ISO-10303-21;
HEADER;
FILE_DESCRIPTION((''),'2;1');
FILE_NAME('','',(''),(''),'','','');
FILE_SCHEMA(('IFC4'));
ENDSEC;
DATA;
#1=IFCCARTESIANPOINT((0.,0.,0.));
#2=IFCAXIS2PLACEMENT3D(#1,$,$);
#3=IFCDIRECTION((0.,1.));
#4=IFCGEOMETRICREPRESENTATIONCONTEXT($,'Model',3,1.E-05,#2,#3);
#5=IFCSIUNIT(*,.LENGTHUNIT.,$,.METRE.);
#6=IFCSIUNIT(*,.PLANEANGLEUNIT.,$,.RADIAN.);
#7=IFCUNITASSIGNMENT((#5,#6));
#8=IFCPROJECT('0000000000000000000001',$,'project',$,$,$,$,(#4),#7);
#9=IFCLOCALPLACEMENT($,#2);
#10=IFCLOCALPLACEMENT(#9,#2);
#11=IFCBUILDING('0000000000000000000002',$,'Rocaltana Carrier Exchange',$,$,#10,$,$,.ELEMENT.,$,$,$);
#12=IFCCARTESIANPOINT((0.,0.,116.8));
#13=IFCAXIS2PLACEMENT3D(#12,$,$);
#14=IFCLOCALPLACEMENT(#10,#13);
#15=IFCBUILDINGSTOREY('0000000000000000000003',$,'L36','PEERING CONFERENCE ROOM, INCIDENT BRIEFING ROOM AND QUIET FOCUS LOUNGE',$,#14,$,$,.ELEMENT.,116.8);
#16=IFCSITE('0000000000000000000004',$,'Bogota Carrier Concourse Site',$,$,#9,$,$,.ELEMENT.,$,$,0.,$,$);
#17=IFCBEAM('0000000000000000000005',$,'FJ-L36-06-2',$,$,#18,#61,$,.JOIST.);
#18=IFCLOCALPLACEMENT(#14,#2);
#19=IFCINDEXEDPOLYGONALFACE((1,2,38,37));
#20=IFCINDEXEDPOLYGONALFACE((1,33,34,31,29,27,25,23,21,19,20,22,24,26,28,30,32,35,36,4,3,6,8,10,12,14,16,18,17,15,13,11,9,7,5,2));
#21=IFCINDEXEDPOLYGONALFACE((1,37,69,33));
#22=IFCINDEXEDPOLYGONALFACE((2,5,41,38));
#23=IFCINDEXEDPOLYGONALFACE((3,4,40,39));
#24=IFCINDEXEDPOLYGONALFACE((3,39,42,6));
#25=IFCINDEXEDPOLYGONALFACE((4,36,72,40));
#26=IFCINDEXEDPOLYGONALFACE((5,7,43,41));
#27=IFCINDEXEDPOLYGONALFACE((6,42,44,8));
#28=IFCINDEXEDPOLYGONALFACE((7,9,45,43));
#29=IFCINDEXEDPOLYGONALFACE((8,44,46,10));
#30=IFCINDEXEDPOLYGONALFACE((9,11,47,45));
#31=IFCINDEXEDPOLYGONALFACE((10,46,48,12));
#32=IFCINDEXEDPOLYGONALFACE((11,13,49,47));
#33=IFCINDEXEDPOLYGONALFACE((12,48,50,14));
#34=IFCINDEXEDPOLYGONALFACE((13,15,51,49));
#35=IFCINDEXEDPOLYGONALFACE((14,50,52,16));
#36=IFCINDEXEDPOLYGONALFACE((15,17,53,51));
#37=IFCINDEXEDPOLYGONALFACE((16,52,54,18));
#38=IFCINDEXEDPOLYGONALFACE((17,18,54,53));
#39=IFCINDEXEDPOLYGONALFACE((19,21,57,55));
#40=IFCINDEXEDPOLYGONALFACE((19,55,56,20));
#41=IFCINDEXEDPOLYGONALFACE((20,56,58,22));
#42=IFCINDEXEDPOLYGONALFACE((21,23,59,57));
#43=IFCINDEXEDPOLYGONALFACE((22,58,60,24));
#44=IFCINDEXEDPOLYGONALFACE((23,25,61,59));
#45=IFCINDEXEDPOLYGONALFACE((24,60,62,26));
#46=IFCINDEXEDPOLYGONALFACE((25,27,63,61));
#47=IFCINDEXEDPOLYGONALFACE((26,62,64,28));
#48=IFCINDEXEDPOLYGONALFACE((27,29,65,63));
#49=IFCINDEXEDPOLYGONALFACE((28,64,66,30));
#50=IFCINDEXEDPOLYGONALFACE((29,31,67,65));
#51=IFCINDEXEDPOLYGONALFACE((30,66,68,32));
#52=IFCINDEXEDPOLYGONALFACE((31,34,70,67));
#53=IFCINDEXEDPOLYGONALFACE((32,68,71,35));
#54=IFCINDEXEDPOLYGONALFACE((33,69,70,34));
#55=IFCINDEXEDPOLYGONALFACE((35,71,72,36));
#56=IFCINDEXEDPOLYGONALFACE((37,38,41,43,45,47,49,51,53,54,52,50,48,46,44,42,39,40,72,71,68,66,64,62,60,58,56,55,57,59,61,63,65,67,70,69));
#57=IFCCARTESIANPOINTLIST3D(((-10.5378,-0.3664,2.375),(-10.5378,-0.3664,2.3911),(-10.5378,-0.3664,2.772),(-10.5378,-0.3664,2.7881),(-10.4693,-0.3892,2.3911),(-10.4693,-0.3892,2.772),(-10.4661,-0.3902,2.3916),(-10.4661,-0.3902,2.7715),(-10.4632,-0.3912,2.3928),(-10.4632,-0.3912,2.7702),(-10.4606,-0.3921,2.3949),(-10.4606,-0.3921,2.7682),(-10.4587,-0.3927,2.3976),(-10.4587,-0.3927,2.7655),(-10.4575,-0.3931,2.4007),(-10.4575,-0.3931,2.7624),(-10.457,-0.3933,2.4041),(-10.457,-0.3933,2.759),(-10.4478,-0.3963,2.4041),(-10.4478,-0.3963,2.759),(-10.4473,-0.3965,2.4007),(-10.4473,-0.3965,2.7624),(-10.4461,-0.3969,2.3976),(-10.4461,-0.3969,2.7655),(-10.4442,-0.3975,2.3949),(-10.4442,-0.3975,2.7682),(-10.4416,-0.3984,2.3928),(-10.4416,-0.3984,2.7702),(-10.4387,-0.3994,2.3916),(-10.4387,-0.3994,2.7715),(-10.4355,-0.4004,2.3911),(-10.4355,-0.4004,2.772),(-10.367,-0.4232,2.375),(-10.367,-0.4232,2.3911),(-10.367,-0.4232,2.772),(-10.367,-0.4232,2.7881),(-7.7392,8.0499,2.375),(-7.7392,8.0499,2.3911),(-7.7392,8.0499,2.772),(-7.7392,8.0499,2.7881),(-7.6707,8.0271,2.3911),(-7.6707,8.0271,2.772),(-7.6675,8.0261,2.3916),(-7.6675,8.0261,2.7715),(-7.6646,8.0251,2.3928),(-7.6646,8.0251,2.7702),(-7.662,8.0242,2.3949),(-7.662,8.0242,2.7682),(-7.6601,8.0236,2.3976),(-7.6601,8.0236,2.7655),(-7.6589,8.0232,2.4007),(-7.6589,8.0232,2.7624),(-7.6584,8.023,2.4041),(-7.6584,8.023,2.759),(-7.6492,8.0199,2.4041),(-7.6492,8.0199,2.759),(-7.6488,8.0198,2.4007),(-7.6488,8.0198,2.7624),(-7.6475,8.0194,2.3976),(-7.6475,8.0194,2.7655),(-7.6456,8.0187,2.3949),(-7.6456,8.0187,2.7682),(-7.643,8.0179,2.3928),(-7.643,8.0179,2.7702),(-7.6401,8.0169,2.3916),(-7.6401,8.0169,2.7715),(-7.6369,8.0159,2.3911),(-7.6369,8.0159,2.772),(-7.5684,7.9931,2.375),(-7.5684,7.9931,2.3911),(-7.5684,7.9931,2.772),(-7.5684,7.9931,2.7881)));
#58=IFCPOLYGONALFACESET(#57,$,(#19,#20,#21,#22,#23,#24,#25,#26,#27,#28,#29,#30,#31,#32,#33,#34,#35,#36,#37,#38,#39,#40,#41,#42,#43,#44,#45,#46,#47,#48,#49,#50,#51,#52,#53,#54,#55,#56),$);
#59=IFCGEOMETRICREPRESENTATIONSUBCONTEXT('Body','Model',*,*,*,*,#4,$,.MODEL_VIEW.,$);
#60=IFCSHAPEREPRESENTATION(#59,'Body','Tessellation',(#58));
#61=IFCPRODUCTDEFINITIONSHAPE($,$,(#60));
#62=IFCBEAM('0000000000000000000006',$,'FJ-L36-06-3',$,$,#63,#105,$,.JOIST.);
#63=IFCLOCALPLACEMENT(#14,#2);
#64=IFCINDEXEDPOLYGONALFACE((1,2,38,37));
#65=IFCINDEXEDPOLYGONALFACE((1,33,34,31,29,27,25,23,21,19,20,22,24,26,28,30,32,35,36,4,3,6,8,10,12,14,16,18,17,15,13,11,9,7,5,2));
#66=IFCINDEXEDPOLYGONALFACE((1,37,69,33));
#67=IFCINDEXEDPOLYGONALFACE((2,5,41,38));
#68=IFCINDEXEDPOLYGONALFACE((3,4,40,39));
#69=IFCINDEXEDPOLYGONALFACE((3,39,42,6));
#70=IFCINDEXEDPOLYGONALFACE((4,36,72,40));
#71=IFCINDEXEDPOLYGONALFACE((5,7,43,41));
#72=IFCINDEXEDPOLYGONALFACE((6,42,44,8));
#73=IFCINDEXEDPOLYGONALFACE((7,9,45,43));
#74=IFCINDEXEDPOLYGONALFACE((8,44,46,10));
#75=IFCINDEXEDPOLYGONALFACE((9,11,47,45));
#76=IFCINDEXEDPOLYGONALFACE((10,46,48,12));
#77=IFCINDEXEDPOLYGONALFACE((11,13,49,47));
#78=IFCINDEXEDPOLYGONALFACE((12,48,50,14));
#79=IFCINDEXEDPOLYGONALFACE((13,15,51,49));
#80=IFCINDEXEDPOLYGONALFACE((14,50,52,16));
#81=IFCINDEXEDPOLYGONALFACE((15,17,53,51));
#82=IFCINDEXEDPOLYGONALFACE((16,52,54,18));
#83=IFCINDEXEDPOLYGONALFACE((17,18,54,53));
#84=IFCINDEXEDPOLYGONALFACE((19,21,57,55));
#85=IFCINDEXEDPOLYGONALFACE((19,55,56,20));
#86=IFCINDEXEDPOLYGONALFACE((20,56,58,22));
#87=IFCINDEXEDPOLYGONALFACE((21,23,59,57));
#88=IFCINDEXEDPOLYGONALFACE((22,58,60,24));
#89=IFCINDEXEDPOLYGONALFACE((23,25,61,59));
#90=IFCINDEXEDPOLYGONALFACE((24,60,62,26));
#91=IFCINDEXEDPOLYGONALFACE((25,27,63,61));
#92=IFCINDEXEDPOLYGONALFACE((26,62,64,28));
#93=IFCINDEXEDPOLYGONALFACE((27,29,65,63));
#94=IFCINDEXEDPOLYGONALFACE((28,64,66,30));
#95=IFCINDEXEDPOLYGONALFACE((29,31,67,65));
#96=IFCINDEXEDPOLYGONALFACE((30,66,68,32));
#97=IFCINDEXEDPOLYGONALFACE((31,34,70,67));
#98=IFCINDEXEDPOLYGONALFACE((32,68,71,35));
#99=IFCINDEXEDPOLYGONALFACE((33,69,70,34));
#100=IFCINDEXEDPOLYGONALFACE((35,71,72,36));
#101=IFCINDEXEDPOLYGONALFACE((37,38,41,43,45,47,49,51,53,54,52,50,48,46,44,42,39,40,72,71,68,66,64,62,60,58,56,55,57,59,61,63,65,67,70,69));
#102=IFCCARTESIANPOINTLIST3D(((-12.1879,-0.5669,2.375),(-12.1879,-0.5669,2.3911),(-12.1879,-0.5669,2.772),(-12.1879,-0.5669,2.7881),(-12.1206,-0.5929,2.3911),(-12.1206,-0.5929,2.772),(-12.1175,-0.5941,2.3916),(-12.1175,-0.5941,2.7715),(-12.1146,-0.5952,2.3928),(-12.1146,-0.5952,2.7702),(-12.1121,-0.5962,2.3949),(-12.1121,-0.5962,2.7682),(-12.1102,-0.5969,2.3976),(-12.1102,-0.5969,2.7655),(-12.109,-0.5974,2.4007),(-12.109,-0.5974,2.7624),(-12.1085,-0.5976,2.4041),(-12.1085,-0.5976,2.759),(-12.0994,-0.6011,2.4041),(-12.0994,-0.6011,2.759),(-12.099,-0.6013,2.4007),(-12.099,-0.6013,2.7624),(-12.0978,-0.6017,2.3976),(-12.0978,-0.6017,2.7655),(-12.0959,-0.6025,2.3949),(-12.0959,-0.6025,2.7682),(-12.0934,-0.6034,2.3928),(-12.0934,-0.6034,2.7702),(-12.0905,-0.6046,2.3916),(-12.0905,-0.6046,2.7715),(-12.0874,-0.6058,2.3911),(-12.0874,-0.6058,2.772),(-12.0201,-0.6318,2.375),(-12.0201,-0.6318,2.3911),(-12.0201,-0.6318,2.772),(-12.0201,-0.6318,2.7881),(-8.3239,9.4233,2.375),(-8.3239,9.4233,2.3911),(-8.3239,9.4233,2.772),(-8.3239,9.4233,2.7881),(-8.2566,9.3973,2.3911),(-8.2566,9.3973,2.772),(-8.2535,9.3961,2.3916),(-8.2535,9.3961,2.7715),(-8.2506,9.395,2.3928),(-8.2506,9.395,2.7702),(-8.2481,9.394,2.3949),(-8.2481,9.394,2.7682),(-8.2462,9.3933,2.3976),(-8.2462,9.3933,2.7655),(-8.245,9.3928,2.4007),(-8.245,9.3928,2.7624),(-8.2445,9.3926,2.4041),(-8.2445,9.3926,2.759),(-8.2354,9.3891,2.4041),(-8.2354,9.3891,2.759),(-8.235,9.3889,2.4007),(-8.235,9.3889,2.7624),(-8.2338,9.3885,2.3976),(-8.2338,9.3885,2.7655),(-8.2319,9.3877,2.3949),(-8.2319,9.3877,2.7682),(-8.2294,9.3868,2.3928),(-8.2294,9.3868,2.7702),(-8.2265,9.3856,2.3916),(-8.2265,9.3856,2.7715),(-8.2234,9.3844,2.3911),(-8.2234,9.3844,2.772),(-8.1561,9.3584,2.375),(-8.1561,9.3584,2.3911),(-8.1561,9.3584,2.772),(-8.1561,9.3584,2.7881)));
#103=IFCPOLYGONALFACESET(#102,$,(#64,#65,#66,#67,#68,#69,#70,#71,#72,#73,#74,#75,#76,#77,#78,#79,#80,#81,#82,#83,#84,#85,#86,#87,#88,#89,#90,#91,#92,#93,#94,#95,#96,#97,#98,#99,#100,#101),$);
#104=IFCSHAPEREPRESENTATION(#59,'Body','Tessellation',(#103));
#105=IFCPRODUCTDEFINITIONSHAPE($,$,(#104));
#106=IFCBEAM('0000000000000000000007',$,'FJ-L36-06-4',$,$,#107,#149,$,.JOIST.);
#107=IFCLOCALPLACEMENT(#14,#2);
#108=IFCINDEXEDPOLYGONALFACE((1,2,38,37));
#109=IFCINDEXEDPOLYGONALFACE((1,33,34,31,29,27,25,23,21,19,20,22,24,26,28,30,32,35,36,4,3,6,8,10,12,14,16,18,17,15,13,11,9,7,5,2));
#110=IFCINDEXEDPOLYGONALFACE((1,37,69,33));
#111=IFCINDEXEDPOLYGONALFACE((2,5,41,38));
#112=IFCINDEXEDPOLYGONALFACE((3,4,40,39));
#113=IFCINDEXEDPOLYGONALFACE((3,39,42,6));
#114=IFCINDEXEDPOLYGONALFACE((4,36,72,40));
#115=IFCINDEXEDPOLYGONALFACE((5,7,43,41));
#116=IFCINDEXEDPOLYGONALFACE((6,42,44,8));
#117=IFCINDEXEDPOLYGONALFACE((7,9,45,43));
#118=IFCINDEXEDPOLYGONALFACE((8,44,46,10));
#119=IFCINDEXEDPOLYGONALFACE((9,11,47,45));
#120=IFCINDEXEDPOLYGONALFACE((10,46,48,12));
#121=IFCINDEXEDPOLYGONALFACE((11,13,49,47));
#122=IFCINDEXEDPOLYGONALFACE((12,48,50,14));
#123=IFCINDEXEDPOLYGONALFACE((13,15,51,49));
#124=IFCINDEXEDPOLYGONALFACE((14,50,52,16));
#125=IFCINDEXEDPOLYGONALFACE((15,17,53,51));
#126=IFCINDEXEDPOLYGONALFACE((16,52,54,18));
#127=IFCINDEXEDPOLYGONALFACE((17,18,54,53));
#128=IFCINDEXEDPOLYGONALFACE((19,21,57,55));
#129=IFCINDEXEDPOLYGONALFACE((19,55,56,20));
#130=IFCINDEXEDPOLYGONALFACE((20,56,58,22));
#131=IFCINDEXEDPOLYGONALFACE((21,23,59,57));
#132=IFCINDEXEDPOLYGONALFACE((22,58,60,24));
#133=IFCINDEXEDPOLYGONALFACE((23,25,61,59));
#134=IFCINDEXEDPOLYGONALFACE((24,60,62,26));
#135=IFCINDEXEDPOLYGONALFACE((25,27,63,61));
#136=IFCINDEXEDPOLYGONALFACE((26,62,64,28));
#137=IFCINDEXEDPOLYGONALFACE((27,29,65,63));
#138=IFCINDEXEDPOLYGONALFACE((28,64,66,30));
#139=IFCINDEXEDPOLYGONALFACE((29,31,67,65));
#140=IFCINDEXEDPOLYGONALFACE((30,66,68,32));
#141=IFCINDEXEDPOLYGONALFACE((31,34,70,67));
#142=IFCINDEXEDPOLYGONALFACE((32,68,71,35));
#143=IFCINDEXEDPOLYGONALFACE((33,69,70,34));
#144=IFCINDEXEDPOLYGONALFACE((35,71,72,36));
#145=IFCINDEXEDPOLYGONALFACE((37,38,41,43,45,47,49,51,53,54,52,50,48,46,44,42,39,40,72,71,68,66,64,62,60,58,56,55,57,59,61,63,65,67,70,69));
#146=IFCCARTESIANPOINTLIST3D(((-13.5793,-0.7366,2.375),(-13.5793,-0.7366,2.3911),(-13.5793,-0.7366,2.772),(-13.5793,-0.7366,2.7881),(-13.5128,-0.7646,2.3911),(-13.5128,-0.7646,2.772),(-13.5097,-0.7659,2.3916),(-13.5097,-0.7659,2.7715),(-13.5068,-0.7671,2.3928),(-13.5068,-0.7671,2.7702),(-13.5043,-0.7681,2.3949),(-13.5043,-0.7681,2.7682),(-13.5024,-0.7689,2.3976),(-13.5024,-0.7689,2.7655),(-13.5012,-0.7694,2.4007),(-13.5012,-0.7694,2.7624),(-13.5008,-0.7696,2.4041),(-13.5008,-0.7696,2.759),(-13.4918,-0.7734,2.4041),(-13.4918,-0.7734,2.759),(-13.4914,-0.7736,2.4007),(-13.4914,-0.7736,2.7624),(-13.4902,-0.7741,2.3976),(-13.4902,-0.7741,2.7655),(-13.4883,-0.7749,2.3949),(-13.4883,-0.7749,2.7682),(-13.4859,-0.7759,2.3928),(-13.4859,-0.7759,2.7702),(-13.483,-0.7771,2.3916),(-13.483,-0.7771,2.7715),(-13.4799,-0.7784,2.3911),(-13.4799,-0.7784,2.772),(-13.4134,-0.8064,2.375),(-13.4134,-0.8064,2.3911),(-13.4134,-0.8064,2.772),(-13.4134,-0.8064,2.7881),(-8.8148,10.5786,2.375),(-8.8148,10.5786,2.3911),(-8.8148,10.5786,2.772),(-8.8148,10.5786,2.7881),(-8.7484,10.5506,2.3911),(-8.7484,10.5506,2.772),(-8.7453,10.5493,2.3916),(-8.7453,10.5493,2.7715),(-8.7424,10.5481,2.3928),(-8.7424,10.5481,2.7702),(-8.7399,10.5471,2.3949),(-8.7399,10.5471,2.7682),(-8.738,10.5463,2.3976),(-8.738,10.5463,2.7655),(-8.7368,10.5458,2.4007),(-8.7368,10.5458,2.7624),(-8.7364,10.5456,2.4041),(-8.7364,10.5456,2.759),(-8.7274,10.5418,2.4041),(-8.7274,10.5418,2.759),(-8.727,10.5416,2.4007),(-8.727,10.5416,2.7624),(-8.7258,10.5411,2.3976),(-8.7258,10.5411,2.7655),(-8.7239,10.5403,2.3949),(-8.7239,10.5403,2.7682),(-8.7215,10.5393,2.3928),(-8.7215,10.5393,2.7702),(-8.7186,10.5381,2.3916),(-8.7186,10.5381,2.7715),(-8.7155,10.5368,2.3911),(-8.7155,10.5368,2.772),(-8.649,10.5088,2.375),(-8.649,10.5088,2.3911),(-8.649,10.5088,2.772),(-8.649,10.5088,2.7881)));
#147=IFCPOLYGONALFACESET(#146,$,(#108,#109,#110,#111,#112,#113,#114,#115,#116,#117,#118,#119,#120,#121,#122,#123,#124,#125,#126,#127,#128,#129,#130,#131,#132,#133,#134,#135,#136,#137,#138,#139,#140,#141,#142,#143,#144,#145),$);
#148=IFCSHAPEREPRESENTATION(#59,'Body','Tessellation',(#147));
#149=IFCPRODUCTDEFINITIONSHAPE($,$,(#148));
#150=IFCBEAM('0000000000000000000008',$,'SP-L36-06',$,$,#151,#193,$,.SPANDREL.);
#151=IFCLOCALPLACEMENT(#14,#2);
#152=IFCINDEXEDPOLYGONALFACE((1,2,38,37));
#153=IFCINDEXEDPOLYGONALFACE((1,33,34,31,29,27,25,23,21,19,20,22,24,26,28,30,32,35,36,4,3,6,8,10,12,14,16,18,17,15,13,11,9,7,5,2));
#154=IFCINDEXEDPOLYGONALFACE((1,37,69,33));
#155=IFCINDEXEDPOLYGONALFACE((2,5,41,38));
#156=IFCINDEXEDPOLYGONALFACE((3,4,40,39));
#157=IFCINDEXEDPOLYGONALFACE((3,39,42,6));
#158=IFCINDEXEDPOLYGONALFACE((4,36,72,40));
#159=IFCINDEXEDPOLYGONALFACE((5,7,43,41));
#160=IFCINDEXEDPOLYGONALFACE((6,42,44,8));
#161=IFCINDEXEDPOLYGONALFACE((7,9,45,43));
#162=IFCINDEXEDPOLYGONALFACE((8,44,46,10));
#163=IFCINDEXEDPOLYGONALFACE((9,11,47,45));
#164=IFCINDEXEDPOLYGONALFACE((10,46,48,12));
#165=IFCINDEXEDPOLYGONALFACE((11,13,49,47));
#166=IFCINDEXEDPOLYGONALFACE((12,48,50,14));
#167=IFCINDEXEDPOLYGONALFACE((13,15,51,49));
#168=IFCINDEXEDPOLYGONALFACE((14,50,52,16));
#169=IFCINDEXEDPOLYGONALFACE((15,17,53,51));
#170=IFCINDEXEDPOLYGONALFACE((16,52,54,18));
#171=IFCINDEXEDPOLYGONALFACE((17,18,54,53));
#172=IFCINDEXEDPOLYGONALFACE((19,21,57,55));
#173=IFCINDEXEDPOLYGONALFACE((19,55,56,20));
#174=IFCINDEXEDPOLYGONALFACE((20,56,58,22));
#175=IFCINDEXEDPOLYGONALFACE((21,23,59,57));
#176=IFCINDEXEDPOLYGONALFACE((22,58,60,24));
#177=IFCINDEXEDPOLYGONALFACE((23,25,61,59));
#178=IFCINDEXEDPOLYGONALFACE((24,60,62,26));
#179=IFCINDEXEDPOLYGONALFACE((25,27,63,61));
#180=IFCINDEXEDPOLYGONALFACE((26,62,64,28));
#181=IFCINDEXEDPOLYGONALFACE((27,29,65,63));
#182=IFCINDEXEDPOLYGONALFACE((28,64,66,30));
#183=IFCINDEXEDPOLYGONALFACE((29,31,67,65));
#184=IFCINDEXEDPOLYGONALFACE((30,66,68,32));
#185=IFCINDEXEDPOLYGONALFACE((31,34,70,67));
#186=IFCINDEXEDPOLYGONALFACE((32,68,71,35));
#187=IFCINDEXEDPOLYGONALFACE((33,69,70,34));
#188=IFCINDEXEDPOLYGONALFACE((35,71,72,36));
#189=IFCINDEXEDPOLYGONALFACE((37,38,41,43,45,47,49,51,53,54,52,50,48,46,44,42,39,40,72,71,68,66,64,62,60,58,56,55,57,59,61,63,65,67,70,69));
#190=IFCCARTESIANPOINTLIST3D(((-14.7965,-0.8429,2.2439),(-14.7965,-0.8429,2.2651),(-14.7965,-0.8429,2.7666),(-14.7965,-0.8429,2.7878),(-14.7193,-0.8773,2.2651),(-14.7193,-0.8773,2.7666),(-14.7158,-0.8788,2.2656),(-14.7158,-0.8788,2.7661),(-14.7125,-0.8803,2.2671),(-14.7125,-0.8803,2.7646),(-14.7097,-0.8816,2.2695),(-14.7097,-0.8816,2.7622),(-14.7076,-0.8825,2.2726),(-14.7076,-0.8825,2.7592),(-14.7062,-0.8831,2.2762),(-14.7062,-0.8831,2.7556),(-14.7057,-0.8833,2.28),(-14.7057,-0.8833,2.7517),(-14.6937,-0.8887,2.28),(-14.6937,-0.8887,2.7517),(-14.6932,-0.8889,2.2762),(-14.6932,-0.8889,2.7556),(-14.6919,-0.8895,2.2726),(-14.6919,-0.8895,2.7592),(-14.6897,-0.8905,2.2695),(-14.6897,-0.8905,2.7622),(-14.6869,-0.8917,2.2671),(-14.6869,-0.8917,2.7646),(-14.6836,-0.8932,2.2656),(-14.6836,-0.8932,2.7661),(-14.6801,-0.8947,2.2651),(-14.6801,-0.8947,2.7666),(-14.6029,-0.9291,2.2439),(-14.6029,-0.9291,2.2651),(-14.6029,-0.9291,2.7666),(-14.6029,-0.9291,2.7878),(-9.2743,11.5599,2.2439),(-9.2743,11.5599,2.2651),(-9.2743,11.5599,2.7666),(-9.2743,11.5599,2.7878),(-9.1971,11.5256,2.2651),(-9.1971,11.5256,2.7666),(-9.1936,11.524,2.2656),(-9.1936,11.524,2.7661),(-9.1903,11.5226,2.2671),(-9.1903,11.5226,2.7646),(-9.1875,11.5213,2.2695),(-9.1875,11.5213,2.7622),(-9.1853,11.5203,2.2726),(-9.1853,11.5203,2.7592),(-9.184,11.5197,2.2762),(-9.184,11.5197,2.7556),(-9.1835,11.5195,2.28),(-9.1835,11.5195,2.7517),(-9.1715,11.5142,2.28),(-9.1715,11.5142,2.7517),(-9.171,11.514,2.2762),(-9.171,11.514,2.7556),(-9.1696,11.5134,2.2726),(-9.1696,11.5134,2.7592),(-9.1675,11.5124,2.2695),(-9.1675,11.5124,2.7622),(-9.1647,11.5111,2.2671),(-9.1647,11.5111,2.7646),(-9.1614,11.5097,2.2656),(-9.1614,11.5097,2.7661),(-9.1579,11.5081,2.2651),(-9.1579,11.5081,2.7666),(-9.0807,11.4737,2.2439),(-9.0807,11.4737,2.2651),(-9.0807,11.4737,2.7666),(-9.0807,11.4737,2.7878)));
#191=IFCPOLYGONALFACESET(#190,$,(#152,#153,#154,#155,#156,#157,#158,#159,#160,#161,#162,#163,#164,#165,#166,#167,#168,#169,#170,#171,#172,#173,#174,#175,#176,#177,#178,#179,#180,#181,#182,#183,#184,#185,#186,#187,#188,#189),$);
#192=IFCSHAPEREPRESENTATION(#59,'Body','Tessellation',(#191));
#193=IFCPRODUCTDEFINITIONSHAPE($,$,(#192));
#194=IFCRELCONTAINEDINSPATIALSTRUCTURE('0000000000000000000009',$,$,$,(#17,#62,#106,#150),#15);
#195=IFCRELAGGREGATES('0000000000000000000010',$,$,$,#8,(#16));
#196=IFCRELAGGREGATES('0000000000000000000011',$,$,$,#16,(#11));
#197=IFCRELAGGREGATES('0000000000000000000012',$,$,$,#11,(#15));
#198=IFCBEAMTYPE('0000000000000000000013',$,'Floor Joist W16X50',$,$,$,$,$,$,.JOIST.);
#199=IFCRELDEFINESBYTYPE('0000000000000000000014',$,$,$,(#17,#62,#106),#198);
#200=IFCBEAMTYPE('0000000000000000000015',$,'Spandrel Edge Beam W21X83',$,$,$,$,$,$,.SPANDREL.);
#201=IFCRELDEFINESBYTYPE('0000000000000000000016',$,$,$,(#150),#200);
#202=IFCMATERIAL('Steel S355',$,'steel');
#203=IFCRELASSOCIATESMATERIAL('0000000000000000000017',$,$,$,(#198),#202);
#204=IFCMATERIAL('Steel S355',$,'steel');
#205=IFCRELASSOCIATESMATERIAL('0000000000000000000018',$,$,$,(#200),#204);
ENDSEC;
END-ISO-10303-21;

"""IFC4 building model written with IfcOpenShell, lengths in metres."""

from ifc_helpers import new_model, si_unit, direction, frame, origin, origin_2d, place, context, subcontext, project, spatial, i_section, extrude, material, material_profile, profile_set, type_object, element, save


model = new_model("IFC4")

# Units and contexts
model_context = context("Model", 3, precision=1e-05, world=origin(), true_north=direction((0.0, 1.0)))
body_context = subcontext(model_context, "Body", "Model", "MODEL_VIEW")
ifc_project = project(units=[si_unit("LENGTHUNIT", "METRE"), si_unit("PLANEANGLEUNIT", "RADIAN")], contexts=[model_context])

# Site, building, storey
site_placement = place(None, origin())
site = spatial("IfcSite", under=ifc_project, at=site_placement, Name="Bogota Carrier Concourse Site", CompositionType="ELEMENT", RefElevation=0.0)
building_placement = place(site_placement, origin())
building = spatial("IfcBuilding", under=site, at=building_placement, Name="Rocaltana Carrier Exchange", CompositionType="ELEMENT")
storey_placement = place(building_placement, frame((0.0, 0.0, 116.8)))
storey = spatial("IfcBuildingStorey", under=building, at=storey_placement, Name="L36", Description="PEERING CONFERENCE ROOM, INCIDENT BRIEFING ROOM AND QUIET FOCUS LOUNGE", CompositionType="ELEMENT", Elevation=116.8)

# Beams
ifc_material_1 = material(Name="Steel S355", Category="steel")
ifc_material_profile_1 = material_profile(ifc_material_1, i_section(OverallWidth=0.1799, OverallDepth=0.4131, WebThickness=0.0098, FlangeThickness=0.0161, FilletRadius=0.0129, at=origin_2d()), Name="W16X50")
ifc_profile_set_1 = profile_set([ifc_material_profile_1], Name="Steel S355")
beam_type_1 = type_object("IfcBeamType", Name="Floor Joist W16X50", PredefinedType="JOIST", material=ifc_profile_set_1)
beam_1_placement = place(storey_placement, frame((-7.6538, 8.0215, 2.5815), z_axis=(-0.315534, -0.948914, 0.0), x_axis=(0.948914, -0.315534, 0.0)))
element("IfcBeam", 1, at=beam_1_placement, inside=storey, type_object=beam_type_1, Name="FJ-L36-06-2", PredefinedType="JOIST", context=body_context, shape_type="SweptSolid", body=[
    extrude(i_section(OverallWidth=0.1799, OverallDepth=0.4131, WebThickness=0.0098, FlangeThickness=0.0161, FilletRadius=0.0129, at=origin_2d()), origin(), (0.0, 0.0, 1.0), 8.8694),
])
beam_2_placement = place(storey_placement, frame((-8.24, 9.3909, 2.5815), z_axis=(-0.360736, -0.932668, 0.0), x_axis=(0.932668, -0.360736, 0.0)))
element("IfcBeam", 2, at=beam_2_placement, inside=storey, type_object=beam_type_1, Name="FJ-L36-06-3", PredefinedType="JOIST", context=body_context, shape_type="SweptSolid", body=[
    extrude(i_section(OverallWidth=0.1799, OverallDepth=0.4131, WebThickness=0.0098, FlangeThickness=0.0161, FilletRadius=0.0129, at=origin_2d()), origin(), (0.0, 0.0, 1.0), 10.7114),
])
beam_3_placement = place(storey_placement, frame((-8.7319, 10.5437, 2.5815), z_axis=(-0.388065, -0.921632, 0.0), x_axis=(0.921632, -0.388065, 0.0)))
element("IfcBeam", 3, at=beam_3_placement, inside=storey, type_object=beam_type_1, Name="FJ-L36-06-4", PredefinedType="JOIST", context=body_context, shape_type="SweptSolid", body=[
    extrude(i_section(OverallWidth=0.1799, OverallDepth=0.4131, WebThickness=0.0098, FlangeThickness=0.0161, FilletRadius=0.0129, at=origin_2d()), origin(), (0.0, 0.0, 1.0), 12.2773),
])
ifc_material_2 = material(Name="Steel S355", Category="steel")
ifc_material_profile_2 = material_profile(ifc_material_2, i_section(OverallWidth=0.2119, OverallDepth=0.5439, WebThickness=0.0132, FlangeThickness=0.0212, FilletRadius=0.0149, at=origin_2d()), Name="W21X83")
ifc_profile_set_2 = profile_set([ifc_material_profile_2], Name="Steel S355")
beam_type_2 = type_object("IfcBeamType", Name="Spandrel Edge Beam W21X83", PredefinedType="SPANDREL", material=ifc_profile_set_2)
beam_4_placement = place(storey_placement, frame((-9.1775, 11.5168, 2.5159), z_axis=(-0.406744, -0.913542, 0.0), x_axis=(0.913542, -0.406744, 0.0)))
element("IfcBeam", 4, at=beam_4_placement, inside=storey, type_object=beam_type_2, Name="SP-L36-06", PredefinedType="SPANDREL", context=body_context, shape_type="SweptSolid", body=[
    extrude(i_section(OverallWidth=0.2119, OverallDepth=0.5439, WebThickness=0.0132, FlangeThickness=0.0212, FilletRadius=0.0149, at=origin_2d()), origin(), (0.0, 0.0, 1.0), 13.5767),
])

save(model, "model.ifc")
